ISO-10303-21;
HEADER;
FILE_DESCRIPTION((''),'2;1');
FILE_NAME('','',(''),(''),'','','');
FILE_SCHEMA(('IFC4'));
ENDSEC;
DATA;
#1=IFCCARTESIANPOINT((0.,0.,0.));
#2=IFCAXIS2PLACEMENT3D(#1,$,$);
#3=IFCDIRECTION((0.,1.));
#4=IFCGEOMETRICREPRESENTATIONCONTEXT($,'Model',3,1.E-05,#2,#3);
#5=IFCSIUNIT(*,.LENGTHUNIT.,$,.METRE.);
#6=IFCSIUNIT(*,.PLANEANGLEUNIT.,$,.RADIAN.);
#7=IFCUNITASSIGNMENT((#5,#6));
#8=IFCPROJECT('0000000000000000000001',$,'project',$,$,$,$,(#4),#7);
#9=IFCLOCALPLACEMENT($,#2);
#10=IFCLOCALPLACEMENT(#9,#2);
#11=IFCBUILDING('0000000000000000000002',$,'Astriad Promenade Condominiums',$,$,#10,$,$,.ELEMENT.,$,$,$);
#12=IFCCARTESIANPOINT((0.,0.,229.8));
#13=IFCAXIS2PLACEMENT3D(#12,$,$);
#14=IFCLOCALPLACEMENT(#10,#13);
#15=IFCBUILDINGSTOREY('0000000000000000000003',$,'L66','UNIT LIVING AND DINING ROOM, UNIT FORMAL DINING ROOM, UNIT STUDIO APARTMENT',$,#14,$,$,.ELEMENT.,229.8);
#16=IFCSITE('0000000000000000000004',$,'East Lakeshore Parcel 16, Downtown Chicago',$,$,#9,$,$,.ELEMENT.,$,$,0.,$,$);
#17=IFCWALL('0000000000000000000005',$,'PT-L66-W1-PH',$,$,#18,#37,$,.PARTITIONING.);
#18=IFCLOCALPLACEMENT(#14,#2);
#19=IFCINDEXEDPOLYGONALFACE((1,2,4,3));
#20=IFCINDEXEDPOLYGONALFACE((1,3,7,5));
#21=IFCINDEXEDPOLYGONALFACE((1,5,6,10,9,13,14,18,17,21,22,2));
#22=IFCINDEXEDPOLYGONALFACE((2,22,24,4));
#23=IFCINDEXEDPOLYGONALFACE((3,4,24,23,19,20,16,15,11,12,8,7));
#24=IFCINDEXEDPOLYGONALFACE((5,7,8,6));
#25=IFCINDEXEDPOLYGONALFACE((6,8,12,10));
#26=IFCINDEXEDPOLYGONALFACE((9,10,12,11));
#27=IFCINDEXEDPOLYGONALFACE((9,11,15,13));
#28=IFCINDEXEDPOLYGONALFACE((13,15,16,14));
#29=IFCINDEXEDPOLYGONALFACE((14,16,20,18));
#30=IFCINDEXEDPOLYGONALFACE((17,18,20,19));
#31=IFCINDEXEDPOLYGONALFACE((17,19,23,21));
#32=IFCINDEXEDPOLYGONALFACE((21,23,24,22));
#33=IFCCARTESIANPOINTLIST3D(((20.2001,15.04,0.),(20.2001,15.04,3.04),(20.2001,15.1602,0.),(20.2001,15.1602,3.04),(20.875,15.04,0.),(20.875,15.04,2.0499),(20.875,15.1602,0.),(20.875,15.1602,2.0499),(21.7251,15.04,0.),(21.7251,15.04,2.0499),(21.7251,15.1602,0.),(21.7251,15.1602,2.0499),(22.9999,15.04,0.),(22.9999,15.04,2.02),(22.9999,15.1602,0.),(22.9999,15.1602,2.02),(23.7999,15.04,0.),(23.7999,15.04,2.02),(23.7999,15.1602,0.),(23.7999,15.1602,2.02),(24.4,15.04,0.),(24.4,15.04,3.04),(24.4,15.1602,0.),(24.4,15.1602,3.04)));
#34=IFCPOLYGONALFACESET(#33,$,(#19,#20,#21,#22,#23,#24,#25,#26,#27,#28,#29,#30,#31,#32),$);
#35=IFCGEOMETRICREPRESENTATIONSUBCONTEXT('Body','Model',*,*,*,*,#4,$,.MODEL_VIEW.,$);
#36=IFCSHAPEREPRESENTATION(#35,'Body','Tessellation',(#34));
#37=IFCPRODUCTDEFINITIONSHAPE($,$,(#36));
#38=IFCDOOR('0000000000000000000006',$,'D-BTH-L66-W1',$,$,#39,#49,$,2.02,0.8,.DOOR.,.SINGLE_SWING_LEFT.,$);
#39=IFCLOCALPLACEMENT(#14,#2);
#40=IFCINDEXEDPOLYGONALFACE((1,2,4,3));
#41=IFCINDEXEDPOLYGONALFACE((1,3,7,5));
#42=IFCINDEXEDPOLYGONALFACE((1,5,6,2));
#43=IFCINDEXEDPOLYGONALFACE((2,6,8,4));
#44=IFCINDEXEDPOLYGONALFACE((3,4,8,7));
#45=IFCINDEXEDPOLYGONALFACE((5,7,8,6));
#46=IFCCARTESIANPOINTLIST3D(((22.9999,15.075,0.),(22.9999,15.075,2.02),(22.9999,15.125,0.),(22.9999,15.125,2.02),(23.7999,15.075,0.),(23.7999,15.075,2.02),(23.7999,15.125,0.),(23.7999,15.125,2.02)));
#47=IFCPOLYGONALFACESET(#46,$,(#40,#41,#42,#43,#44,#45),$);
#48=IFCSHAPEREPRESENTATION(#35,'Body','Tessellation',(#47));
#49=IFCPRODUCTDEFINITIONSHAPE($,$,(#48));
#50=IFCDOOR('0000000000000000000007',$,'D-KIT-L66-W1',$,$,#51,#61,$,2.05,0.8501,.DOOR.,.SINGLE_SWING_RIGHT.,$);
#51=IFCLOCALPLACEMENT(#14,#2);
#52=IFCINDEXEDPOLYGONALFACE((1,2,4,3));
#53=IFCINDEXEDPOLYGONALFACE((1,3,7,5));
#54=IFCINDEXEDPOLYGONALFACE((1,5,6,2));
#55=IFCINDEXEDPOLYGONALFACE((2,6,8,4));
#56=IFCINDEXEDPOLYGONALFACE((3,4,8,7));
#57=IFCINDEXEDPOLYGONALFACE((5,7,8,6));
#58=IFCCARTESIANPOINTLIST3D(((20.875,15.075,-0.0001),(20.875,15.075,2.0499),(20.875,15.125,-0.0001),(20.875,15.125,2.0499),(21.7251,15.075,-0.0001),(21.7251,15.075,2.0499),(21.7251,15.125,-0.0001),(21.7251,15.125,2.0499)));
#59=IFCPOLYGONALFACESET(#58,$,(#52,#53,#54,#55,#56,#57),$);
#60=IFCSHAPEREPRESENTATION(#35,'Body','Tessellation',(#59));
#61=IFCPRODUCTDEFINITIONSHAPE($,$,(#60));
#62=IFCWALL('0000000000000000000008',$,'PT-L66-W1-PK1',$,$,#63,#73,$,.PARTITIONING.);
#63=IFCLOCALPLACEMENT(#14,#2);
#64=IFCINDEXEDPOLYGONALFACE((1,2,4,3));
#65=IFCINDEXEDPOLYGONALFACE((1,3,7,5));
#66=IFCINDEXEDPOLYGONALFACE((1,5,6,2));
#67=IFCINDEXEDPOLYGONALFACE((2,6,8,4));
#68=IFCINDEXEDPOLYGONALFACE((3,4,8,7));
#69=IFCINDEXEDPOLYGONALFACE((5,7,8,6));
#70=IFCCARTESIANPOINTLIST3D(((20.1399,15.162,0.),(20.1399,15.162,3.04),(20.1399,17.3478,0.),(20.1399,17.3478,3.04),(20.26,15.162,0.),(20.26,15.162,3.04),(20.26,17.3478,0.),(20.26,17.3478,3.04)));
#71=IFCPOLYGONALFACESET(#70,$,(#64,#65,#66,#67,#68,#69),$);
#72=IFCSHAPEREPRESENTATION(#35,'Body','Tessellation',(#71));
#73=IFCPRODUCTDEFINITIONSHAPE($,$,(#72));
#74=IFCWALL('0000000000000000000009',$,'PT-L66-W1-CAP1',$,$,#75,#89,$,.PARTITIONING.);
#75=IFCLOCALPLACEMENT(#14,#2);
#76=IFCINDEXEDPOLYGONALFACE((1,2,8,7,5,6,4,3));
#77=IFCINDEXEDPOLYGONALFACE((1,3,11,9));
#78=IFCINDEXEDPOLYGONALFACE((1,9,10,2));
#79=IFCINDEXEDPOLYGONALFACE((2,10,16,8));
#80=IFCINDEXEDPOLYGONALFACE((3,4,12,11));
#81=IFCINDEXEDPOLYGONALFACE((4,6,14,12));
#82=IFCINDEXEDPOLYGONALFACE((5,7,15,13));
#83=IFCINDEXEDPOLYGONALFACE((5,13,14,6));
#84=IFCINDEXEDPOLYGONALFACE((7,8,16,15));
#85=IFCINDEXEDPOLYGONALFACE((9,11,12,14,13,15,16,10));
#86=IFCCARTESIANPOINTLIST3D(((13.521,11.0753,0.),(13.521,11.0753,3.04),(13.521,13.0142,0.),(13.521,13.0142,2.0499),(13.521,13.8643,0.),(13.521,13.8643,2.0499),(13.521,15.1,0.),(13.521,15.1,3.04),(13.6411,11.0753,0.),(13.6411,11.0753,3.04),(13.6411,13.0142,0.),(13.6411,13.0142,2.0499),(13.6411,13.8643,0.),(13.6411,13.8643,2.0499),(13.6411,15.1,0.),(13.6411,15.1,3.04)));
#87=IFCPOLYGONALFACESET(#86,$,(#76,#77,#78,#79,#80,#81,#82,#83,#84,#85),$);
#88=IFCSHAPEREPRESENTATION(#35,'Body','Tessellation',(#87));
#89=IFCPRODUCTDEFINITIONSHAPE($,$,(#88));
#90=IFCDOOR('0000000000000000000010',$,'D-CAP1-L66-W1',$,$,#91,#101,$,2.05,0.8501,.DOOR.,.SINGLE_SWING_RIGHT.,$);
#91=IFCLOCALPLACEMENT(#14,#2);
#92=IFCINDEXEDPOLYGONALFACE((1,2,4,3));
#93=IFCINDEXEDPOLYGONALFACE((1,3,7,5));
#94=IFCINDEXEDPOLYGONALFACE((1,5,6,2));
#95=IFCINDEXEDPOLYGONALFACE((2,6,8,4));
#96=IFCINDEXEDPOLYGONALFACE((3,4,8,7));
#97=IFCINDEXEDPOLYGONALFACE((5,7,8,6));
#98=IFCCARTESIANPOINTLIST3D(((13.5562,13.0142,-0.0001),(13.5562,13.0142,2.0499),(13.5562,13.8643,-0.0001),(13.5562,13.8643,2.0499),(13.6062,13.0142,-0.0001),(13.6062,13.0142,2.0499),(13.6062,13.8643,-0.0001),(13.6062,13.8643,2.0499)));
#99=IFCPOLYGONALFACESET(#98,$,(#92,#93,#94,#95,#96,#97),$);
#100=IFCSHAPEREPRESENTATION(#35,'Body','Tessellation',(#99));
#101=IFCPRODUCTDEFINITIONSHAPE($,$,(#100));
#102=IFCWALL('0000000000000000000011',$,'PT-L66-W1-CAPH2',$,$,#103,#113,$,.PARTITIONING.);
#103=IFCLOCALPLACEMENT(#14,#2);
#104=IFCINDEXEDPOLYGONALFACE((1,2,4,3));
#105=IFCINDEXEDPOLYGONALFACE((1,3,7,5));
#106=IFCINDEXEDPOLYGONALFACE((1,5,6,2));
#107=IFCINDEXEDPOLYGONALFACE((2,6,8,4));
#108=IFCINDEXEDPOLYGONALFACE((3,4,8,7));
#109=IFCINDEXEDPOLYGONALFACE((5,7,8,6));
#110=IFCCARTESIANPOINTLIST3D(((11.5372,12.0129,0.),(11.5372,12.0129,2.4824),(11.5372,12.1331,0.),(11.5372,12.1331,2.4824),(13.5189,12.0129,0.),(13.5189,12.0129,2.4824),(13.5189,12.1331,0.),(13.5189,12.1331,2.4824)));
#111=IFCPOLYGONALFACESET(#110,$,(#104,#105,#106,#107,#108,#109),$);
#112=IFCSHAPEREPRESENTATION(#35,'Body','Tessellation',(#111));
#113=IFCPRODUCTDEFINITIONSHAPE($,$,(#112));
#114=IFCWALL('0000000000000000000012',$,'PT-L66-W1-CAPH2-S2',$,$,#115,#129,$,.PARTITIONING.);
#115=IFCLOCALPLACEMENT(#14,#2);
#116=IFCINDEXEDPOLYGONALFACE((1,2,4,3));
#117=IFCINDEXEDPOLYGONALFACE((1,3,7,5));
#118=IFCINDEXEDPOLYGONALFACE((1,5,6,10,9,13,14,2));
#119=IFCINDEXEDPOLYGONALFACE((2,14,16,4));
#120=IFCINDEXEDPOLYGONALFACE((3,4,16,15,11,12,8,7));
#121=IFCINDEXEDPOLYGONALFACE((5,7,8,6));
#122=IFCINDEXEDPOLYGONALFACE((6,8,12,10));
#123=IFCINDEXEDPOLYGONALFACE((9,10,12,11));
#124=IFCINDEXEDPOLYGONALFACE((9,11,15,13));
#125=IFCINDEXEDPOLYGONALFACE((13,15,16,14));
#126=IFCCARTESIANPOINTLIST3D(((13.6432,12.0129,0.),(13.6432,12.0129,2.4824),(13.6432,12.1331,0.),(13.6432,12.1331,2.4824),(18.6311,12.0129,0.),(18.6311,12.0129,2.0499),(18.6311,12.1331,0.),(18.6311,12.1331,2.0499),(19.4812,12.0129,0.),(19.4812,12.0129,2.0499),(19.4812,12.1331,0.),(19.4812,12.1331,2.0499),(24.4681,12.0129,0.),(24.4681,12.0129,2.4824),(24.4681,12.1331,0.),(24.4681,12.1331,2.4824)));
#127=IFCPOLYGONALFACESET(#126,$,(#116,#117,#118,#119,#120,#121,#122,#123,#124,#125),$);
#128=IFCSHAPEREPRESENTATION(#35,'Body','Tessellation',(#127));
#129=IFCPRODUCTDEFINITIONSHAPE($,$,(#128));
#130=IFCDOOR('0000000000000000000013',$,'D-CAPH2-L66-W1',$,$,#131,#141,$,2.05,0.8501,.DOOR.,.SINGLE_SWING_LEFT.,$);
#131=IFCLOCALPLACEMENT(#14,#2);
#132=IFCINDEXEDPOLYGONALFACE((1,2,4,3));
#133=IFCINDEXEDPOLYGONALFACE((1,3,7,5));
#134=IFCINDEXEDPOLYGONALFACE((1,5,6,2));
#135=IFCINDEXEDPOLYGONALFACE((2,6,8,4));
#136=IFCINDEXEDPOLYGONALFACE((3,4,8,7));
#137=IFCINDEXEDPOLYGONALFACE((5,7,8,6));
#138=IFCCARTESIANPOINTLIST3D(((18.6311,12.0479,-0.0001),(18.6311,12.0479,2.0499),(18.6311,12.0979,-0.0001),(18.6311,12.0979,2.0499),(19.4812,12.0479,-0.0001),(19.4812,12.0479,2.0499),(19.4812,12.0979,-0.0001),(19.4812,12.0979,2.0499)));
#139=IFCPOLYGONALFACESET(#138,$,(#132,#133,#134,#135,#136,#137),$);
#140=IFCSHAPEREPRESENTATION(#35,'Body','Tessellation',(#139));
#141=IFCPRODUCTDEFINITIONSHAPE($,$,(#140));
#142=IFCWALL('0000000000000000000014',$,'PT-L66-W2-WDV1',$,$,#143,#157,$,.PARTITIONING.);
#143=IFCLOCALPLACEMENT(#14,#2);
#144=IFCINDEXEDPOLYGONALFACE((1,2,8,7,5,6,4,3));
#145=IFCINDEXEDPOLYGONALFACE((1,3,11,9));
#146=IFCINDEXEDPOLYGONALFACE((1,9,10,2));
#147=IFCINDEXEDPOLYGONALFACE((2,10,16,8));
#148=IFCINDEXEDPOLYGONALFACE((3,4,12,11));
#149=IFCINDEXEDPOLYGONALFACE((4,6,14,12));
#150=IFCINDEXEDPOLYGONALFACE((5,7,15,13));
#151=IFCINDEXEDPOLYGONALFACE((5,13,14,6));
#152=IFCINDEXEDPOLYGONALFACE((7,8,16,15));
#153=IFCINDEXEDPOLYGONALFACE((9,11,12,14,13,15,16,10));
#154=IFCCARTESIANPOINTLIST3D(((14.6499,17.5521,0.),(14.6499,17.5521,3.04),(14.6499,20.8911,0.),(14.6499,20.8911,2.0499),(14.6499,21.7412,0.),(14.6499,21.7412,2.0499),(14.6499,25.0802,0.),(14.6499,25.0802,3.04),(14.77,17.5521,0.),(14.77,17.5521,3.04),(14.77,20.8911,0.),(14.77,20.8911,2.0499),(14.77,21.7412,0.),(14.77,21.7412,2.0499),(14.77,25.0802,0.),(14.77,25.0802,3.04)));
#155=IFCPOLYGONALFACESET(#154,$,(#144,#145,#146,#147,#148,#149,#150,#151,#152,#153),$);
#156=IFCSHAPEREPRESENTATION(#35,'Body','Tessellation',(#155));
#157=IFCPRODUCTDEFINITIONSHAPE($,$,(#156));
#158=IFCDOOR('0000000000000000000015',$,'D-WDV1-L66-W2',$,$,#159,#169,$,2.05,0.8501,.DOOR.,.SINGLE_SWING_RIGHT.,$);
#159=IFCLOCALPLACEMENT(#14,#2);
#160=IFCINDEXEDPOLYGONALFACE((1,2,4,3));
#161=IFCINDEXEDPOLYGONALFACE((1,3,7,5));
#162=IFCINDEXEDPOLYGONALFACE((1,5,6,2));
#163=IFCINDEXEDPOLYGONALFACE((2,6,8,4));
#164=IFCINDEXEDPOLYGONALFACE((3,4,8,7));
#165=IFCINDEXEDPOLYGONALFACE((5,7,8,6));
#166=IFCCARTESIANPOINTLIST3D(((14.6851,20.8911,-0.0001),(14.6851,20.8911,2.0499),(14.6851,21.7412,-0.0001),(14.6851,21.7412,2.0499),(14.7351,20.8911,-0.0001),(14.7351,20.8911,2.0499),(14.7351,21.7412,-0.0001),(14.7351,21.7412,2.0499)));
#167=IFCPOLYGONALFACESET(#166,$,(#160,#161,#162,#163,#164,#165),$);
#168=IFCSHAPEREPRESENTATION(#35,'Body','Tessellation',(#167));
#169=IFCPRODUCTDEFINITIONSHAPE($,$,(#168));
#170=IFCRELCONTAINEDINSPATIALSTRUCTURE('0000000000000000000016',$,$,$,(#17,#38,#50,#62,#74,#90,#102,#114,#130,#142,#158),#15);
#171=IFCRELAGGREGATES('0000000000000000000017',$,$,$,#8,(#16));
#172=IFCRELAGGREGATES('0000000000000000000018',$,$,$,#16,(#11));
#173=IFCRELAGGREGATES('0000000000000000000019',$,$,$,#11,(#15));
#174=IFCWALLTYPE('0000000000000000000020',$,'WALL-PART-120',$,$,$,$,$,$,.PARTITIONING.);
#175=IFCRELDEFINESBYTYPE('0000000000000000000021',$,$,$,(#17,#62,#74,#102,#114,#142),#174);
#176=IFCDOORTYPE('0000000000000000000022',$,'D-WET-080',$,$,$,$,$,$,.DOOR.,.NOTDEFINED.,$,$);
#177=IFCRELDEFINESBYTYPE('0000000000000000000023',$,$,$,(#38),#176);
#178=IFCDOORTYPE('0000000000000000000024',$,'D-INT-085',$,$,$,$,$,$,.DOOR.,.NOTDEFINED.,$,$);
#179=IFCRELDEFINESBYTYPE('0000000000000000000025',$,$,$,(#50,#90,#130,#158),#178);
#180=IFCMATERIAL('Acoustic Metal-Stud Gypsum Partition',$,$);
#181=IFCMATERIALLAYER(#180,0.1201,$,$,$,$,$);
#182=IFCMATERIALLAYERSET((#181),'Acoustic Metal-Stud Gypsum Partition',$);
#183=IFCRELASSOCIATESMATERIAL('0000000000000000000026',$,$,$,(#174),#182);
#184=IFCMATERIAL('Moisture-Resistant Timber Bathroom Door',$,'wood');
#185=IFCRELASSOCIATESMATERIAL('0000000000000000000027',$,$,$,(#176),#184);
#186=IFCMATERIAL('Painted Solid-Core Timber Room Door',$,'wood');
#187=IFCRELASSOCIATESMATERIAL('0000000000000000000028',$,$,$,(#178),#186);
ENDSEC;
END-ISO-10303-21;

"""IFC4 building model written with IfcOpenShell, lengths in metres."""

from ifc_helpers import new_model, si_unit, direction, frame, frame_2d, origin, place, context, subcontext, project, spatial, rectangle, extrude, source, transform, mapped, material, layer, layer_set, type_object, type_shapes, element, fill, save


model = new_model("IFC4")

# Units and contexts
model_context = context("Model", 3, precision=1e-05, world=origin(), true_north=direction((0.0, 1.0)))
body_context = subcontext(model_context, "Body", "Model", "MODEL_VIEW")
ifc_project = project(units=[si_unit("LENGTHUNIT", "METRE"), si_unit("PLANEANGLEUNIT", "RADIAN")], contexts=[model_context])

# Site, building, storey
site_placement = place(None, origin())
site = spatial("IfcSite", under=ifc_project, at=site_placement, Name="East Lakeshore Parcel 16, Downtown Chicago", CompositionType="ELEMENT", RefElevation=0.0)
building_placement = place(site_placement, origin())
building = spatial("IfcBuilding", under=site, at=building_placement, Name="Astriad Promenade Condominiums", CompositionType="ELEMENT")
storey_placement = place(building_placement, frame((0.0, 0.0, 229.8)))
storey = spatial("IfcBuildingStorey", under=building, at=storey_placement, Name="L66", Description="UNIT LIVING AND DINING ROOM, UNIT FORMAL DINING ROOM, UNIT STUDIO APARTMENT", CompositionType="ELEMENT", Elevation=229.8)

# Wall, openings, doors
ifc_material_1 = material(Name="Acoustic Metal-Stud Gypsum Partition")
ifc_layer_1 = layer(ifc_material_1, 0.1201)
ifc_layer_set_1 = layer_set([ifc_layer_1], Name="Acoustic Metal-Stud Gypsum Partition")
wall_type_1 = type_object("IfcWallType", Name="WALL-PART-120", PredefinedType="PARTITIONING", material=ifc_layer_set_1)
wall_1_placement = place(storey_placement, frame((20.2, 15.1001, 0.0), z_axis=(0.0, 0.0, 1.0), x_axis=(1.0, 0.0, 0.0)))
wall_1 = element("IfcWall", 1, at=wall_1_placement, inside=storey, type_object=wall_type_1, Name="PT-L66-W1-PH", PredefinedType="PARTITIONING", context=body_context, shape_type="SweptSolid", body=[
    extrude(rectangle(XDim=4.2, YDim=0.1201, at=frame_2d((2.1001, 0.0))), origin(), (0.0, 0.0, 1.0), 3.04),
])
opening_1_placement = place(wall_1_placement, frame((0.675, 0.0, 0.0)))
opening_1 = element("IfcOpeningElement", 2, at=opening_1_placement, cuts=wall_1, PredefinedType="OPENING", context=body_context, shape_type="SweptSolid", body=[
    extrude(rectangle(XDim=0.8501, YDim=2.05, at=frame_2d((0.425, 1.0249))), frame((0.0, 0.0701, 0.0), z_axis=(0.0, -1.0, 0.0), x_axis=(1.0, 0.0, 0.0)), (0.0, 0.0, 1.0), 0.1401),
])
opening_2_placement = place(wall_1_placement, frame((2.8, 0.0, 0.0)))
opening_2 = element("IfcOpeningElement", 3, at=opening_2_placement, cuts=wall_1, PredefinedType="OPENING", context=body_context, shape_type="SweptSolid", body=[
    extrude(rectangle(XDim=0.8, YDim=2.02, at=frame_2d((0.3999, 1.01))), frame((0.0, 0.0701, 0.0), z_axis=(0.0, -1.0, 0.0), x_axis=(1.0, 0.0, 0.0)), (0.0, 0.0, 1.0), 0.1401),
])
ifc_material_2 = material(Name="Moisture-Resistant Timber Bathroom Door", Category="wood")
door_type_1 = type_object("IfcDoorType", Name="D-WET-080", OperationType="NOTDEFINED", PredefinedType="DOOR", material=ifc_material_2)
shared_shape_1 = source(origin(), body_context, "Body", "SweptSolid", [
    extrude(rectangle(XDim=0.8, YDim=2.02, at=frame_2d((0.3999, 1.01))), frame((0.0, 0.0249, 0.0), z_axis=(0.0, -1.0, 0.0), x_axis=(1.0, 0.0, 0.0)), (0.0, 0.0, 1.0), 0.05),
])
type_shapes(door_type_1, [shared_shape_1])
door_1_placement = place(opening_2_placement, origin())
door_1 = element("IfcDoor", 4, at=door_1_placement, inside=storey, type_object=door_type_1, Name="D-BTH-L66-W1", OperationType="SINGLE_SWING_LEFT", OverallHeight=2.02, OverallWidth=0.8, PredefinedType="DOOR", context=body_context, shape_type="MappedRepresentation", body=[
    mapped(shared_shape_1, transform((0.0, 0.0, 0.0), scale=1.0)),
])
fill(opening_2, door_1)
ifc_material_3 = material(Name="Painted Solid-Core Timber Room Door", Category="wood")
door_type_2 = type_object("IfcDoorType", Name="D-INT-085", OperationType="NOTDEFINED", PredefinedType="DOOR", material=ifc_material_3)
shared_shape_2 = source(origin(), body_context, "Body", "SweptSolid", [
    extrude(rectangle(XDim=0.8501, YDim=2.05, at=frame_2d((0.425, 1.0249))), frame((0.0, 0.0249, 0.0), z_axis=(0.0, -1.0, 0.0), x_axis=(1.0, 0.0, 0.0)), (0.0, 0.0, 1.0), 0.05),
])
type_shapes(door_type_2, [shared_shape_2])
door_2_placement = place(opening_1_placement, origin())
door_2 = element("IfcDoor", 5, at=door_2_placement, inside=storey, type_object=door_type_2, Name="D-KIT-L66-W1", OperationType="SINGLE_SWING_RIGHT", OverallHeight=2.05, OverallWidth=0.8501, PredefinedType="DOOR", context=body_context, shape_type="MappedRepresentation", body=[
    mapped(shared_shape_2, transform((0.0, 0.0, 0.0), scale=1.0)),
])
fill(opening_1, door_2)

# Wall
wall_2_placement = place(storey_placement, frame((20.2, 15.1621, 0.0), z_axis=(0.0, 0.0, 1.0), x_axis=(0.0, 1.0, 0.0)))
element("IfcWall", 6, at=wall_2_placement, inside=storey, type_object=wall_type_1, Name="PT-L66-W1-PK1", PredefinedType="PARTITIONING", context=body_context, shape_type="SweptSolid", body=[
    extrude(rectangle(XDim=2.1858, YDim=0.1201, at=frame_2d((1.0928, 0.0))), origin(), (0.0, 0.0, 1.0), 3.04),
])

# Wall, opening, door
wall_3_placement = place(storey_placement, frame((13.5811, 11.0754, 0.0), z_axis=(0.0, 0.0, 1.0), x_axis=(0.0, 1.0, 0.0)))
wall_3 = element("IfcWall", 7, at=wall_3_placement, inside=storey, type_object=wall_type_1, Name="PT-L66-W1-CAP1", PredefinedType="PARTITIONING", context=body_context, shape_type="SweptSolid", body=[
    extrude(rectangle(XDim=4.0247, YDim=0.1201, at=frame_2d((2.0122, 0.0))), origin(), (0.0, 0.0, 1.0), 3.04),
])
opening_3_placement = place(wall_3_placement, frame((1.9387, 0.0, 0.0)))
opening_3 = element("IfcOpeningElement", 8, at=opening_3_placement, cuts=wall_3, PredefinedType="OPENING", context=body_context, shape_type="SweptSolid", body=[
    extrude(rectangle(XDim=0.8501, YDim=2.05, at=frame_2d((0.425, 1.0249))), frame((0.0, 0.0701, 0.0), z_axis=(0.0, -1.0, 0.0), x_axis=(1.0, 0.0, 0.0)), (0.0, 0.0, 1.0), 0.1401),
])
door_3_placement = place(opening_3_placement, origin())
door_3 = element("IfcDoor", 9, at=door_3_placement, inside=storey, type_object=door_type_2, Name="D-CAP1-L66-W1", OperationType="SINGLE_SWING_RIGHT", OverallHeight=2.05, OverallWidth=0.8501, PredefinedType="DOOR", context=body_context, shape_type="MappedRepresentation", body=[
    mapped(shared_shape_2, transform((0.0, 0.0, 0.0), scale=1.0)),
])
fill(opening_3, door_3)

# Wall
wall_4_placement = place(storey_placement, frame((11.5374, 12.073, 0.0), z_axis=(0.0, 0.0, 1.0), x_axis=(1.0, 0.0, 0.0)))
element("IfcWall", 10, at=wall_4_placement, inside=storey, type_object=wall_type_1, Name="PT-L66-W1-CAPH2", PredefinedType="PARTITIONING", context=body_context, shape_type="SweptSolid", body=[
    extrude(rectangle(XDim=1.9817, YDim=0.1201, at=frame_2d((0.9907, 0.0))), origin(), (0.0, 0.0, 1.0), 2.4824),
])

# Walls, openings, doors
wall_5_placement = place(storey_placement, frame((13.6431, 12.073, 0.0), z_axis=(0.0, 0.0, 1.0), x_axis=(1.0, 0.0, 0.0)))
wall_5 = element("IfcWall", 11, at=wall_5_placement, inside=storey, type_object=wall_type_1, Name="PT-L66-W1-CAPH2-S2", PredefinedType="PARTITIONING", context=body_context, shape_type="SweptSolid", body=[
    extrude(rectangle(XDim=10.825, YDim=0.1201, at=frame_2d((5.4126, 0.0))), origin(), (0.0, 0.0, 1.0), 2.4824),
])
opening_4_placement = place(wall_5_placement, frame((4.988, 0.0, 0.0)))
opening_4 = element("IfcOpeningElement", 12, at=opening_4_placement, cuts=wall_5, PredefinedType="OPENING", context=body_context, shape_type="SweptSolid", body=[
    extrude(rectangle(XDim=0.8501, YDim=2.05, at=frame_2d((0.425, 1.0249))), frame((0.0, 0.0701, 0.0), z_axis=(0.0, -1.0, 0.0), x_axis=(1.0, 0.0, 0.0)), (0.0, 0.0, 1.0), 0.1401),
])
door_4_placement = place(opening_4_placement, origin())
door_4 = element("IfcDoor", 13, at=door_4_placement, inside=storey, type_object=door_type_2, Name="D-CAPH2-L66-W1", OperationType="SINGLE_SWING_LEFT", OverallHeight=2.05, OverallWidth=0.8501, PredefinedType="DOOR", context=body_context, shape_type="MappedRepresentation", body=[
    mapped(shared_shape_2, transform((0.0, 0.0, 0.0), scale=1.0)),
])
fill(opening_4, door_4)
wall_6_placement = place(storey_placement, frame((14.71, 17.552, 0.0), z_axis=(0.0, 0.0, 1.0), x_axis=(0.0, 1.0, 0.0)))
wall_6 = element("IfcWall", 14, at=wall_6_placement, inside=storey, type_object=wall_type_1, Name="PT-L66-W2-WDV1", PredefinedType="PARTITIONING", context=body_context, shape_type="SweptSolid", body=[
    extrude(rectangle(XDim=7.5281, YDim=0.1201, at=frame_2d((3.7642, 0.0))), origin(), (0.0, 0.0, 1.0), 3.04),
])
opening_5_placement = place(wall_6_placement, frame((3.3391, 0.0, 0.0)))
opening_5 = element("IfcOpeningElement", 15, at=opening_5_placement, cuts=wall_6, PredefinedType="OPENING", context=body_context, shape_type="SweptSolid", body=[
    extrude(rectangle(XDim=0.8501, YDim=2.05, at=frame_2d((0.425, 1.0249))), frame((0.0, 0.0701, 0.0), z_axis=(0.0, -1.0, 0.0), x_axis=(1.0, 0.0, 0.0)), (0.0, 0.0, 1.0), 0.1401),
])
door_5_placement = place(opening_5_placement, origin())
door_5 = element("IfcDoor", 16, at=door_5_placement, inside=storey, type_object=door_type_2, Name="D-WDV1-L66-W2", OperationType="SINGLE_SWING_RIGHT", OverallHeight=2.05, OverallWidth=0.8501, PredefinedType="DOOR", context=body_context, shape_type="MappedRepresentation", body=[
    mapped(shared_shape_2, transform((0.0, 0.0, 0.0), scale=1.0)),
])
fill(opening_5, door_5)

save(model, "model.ifc")
